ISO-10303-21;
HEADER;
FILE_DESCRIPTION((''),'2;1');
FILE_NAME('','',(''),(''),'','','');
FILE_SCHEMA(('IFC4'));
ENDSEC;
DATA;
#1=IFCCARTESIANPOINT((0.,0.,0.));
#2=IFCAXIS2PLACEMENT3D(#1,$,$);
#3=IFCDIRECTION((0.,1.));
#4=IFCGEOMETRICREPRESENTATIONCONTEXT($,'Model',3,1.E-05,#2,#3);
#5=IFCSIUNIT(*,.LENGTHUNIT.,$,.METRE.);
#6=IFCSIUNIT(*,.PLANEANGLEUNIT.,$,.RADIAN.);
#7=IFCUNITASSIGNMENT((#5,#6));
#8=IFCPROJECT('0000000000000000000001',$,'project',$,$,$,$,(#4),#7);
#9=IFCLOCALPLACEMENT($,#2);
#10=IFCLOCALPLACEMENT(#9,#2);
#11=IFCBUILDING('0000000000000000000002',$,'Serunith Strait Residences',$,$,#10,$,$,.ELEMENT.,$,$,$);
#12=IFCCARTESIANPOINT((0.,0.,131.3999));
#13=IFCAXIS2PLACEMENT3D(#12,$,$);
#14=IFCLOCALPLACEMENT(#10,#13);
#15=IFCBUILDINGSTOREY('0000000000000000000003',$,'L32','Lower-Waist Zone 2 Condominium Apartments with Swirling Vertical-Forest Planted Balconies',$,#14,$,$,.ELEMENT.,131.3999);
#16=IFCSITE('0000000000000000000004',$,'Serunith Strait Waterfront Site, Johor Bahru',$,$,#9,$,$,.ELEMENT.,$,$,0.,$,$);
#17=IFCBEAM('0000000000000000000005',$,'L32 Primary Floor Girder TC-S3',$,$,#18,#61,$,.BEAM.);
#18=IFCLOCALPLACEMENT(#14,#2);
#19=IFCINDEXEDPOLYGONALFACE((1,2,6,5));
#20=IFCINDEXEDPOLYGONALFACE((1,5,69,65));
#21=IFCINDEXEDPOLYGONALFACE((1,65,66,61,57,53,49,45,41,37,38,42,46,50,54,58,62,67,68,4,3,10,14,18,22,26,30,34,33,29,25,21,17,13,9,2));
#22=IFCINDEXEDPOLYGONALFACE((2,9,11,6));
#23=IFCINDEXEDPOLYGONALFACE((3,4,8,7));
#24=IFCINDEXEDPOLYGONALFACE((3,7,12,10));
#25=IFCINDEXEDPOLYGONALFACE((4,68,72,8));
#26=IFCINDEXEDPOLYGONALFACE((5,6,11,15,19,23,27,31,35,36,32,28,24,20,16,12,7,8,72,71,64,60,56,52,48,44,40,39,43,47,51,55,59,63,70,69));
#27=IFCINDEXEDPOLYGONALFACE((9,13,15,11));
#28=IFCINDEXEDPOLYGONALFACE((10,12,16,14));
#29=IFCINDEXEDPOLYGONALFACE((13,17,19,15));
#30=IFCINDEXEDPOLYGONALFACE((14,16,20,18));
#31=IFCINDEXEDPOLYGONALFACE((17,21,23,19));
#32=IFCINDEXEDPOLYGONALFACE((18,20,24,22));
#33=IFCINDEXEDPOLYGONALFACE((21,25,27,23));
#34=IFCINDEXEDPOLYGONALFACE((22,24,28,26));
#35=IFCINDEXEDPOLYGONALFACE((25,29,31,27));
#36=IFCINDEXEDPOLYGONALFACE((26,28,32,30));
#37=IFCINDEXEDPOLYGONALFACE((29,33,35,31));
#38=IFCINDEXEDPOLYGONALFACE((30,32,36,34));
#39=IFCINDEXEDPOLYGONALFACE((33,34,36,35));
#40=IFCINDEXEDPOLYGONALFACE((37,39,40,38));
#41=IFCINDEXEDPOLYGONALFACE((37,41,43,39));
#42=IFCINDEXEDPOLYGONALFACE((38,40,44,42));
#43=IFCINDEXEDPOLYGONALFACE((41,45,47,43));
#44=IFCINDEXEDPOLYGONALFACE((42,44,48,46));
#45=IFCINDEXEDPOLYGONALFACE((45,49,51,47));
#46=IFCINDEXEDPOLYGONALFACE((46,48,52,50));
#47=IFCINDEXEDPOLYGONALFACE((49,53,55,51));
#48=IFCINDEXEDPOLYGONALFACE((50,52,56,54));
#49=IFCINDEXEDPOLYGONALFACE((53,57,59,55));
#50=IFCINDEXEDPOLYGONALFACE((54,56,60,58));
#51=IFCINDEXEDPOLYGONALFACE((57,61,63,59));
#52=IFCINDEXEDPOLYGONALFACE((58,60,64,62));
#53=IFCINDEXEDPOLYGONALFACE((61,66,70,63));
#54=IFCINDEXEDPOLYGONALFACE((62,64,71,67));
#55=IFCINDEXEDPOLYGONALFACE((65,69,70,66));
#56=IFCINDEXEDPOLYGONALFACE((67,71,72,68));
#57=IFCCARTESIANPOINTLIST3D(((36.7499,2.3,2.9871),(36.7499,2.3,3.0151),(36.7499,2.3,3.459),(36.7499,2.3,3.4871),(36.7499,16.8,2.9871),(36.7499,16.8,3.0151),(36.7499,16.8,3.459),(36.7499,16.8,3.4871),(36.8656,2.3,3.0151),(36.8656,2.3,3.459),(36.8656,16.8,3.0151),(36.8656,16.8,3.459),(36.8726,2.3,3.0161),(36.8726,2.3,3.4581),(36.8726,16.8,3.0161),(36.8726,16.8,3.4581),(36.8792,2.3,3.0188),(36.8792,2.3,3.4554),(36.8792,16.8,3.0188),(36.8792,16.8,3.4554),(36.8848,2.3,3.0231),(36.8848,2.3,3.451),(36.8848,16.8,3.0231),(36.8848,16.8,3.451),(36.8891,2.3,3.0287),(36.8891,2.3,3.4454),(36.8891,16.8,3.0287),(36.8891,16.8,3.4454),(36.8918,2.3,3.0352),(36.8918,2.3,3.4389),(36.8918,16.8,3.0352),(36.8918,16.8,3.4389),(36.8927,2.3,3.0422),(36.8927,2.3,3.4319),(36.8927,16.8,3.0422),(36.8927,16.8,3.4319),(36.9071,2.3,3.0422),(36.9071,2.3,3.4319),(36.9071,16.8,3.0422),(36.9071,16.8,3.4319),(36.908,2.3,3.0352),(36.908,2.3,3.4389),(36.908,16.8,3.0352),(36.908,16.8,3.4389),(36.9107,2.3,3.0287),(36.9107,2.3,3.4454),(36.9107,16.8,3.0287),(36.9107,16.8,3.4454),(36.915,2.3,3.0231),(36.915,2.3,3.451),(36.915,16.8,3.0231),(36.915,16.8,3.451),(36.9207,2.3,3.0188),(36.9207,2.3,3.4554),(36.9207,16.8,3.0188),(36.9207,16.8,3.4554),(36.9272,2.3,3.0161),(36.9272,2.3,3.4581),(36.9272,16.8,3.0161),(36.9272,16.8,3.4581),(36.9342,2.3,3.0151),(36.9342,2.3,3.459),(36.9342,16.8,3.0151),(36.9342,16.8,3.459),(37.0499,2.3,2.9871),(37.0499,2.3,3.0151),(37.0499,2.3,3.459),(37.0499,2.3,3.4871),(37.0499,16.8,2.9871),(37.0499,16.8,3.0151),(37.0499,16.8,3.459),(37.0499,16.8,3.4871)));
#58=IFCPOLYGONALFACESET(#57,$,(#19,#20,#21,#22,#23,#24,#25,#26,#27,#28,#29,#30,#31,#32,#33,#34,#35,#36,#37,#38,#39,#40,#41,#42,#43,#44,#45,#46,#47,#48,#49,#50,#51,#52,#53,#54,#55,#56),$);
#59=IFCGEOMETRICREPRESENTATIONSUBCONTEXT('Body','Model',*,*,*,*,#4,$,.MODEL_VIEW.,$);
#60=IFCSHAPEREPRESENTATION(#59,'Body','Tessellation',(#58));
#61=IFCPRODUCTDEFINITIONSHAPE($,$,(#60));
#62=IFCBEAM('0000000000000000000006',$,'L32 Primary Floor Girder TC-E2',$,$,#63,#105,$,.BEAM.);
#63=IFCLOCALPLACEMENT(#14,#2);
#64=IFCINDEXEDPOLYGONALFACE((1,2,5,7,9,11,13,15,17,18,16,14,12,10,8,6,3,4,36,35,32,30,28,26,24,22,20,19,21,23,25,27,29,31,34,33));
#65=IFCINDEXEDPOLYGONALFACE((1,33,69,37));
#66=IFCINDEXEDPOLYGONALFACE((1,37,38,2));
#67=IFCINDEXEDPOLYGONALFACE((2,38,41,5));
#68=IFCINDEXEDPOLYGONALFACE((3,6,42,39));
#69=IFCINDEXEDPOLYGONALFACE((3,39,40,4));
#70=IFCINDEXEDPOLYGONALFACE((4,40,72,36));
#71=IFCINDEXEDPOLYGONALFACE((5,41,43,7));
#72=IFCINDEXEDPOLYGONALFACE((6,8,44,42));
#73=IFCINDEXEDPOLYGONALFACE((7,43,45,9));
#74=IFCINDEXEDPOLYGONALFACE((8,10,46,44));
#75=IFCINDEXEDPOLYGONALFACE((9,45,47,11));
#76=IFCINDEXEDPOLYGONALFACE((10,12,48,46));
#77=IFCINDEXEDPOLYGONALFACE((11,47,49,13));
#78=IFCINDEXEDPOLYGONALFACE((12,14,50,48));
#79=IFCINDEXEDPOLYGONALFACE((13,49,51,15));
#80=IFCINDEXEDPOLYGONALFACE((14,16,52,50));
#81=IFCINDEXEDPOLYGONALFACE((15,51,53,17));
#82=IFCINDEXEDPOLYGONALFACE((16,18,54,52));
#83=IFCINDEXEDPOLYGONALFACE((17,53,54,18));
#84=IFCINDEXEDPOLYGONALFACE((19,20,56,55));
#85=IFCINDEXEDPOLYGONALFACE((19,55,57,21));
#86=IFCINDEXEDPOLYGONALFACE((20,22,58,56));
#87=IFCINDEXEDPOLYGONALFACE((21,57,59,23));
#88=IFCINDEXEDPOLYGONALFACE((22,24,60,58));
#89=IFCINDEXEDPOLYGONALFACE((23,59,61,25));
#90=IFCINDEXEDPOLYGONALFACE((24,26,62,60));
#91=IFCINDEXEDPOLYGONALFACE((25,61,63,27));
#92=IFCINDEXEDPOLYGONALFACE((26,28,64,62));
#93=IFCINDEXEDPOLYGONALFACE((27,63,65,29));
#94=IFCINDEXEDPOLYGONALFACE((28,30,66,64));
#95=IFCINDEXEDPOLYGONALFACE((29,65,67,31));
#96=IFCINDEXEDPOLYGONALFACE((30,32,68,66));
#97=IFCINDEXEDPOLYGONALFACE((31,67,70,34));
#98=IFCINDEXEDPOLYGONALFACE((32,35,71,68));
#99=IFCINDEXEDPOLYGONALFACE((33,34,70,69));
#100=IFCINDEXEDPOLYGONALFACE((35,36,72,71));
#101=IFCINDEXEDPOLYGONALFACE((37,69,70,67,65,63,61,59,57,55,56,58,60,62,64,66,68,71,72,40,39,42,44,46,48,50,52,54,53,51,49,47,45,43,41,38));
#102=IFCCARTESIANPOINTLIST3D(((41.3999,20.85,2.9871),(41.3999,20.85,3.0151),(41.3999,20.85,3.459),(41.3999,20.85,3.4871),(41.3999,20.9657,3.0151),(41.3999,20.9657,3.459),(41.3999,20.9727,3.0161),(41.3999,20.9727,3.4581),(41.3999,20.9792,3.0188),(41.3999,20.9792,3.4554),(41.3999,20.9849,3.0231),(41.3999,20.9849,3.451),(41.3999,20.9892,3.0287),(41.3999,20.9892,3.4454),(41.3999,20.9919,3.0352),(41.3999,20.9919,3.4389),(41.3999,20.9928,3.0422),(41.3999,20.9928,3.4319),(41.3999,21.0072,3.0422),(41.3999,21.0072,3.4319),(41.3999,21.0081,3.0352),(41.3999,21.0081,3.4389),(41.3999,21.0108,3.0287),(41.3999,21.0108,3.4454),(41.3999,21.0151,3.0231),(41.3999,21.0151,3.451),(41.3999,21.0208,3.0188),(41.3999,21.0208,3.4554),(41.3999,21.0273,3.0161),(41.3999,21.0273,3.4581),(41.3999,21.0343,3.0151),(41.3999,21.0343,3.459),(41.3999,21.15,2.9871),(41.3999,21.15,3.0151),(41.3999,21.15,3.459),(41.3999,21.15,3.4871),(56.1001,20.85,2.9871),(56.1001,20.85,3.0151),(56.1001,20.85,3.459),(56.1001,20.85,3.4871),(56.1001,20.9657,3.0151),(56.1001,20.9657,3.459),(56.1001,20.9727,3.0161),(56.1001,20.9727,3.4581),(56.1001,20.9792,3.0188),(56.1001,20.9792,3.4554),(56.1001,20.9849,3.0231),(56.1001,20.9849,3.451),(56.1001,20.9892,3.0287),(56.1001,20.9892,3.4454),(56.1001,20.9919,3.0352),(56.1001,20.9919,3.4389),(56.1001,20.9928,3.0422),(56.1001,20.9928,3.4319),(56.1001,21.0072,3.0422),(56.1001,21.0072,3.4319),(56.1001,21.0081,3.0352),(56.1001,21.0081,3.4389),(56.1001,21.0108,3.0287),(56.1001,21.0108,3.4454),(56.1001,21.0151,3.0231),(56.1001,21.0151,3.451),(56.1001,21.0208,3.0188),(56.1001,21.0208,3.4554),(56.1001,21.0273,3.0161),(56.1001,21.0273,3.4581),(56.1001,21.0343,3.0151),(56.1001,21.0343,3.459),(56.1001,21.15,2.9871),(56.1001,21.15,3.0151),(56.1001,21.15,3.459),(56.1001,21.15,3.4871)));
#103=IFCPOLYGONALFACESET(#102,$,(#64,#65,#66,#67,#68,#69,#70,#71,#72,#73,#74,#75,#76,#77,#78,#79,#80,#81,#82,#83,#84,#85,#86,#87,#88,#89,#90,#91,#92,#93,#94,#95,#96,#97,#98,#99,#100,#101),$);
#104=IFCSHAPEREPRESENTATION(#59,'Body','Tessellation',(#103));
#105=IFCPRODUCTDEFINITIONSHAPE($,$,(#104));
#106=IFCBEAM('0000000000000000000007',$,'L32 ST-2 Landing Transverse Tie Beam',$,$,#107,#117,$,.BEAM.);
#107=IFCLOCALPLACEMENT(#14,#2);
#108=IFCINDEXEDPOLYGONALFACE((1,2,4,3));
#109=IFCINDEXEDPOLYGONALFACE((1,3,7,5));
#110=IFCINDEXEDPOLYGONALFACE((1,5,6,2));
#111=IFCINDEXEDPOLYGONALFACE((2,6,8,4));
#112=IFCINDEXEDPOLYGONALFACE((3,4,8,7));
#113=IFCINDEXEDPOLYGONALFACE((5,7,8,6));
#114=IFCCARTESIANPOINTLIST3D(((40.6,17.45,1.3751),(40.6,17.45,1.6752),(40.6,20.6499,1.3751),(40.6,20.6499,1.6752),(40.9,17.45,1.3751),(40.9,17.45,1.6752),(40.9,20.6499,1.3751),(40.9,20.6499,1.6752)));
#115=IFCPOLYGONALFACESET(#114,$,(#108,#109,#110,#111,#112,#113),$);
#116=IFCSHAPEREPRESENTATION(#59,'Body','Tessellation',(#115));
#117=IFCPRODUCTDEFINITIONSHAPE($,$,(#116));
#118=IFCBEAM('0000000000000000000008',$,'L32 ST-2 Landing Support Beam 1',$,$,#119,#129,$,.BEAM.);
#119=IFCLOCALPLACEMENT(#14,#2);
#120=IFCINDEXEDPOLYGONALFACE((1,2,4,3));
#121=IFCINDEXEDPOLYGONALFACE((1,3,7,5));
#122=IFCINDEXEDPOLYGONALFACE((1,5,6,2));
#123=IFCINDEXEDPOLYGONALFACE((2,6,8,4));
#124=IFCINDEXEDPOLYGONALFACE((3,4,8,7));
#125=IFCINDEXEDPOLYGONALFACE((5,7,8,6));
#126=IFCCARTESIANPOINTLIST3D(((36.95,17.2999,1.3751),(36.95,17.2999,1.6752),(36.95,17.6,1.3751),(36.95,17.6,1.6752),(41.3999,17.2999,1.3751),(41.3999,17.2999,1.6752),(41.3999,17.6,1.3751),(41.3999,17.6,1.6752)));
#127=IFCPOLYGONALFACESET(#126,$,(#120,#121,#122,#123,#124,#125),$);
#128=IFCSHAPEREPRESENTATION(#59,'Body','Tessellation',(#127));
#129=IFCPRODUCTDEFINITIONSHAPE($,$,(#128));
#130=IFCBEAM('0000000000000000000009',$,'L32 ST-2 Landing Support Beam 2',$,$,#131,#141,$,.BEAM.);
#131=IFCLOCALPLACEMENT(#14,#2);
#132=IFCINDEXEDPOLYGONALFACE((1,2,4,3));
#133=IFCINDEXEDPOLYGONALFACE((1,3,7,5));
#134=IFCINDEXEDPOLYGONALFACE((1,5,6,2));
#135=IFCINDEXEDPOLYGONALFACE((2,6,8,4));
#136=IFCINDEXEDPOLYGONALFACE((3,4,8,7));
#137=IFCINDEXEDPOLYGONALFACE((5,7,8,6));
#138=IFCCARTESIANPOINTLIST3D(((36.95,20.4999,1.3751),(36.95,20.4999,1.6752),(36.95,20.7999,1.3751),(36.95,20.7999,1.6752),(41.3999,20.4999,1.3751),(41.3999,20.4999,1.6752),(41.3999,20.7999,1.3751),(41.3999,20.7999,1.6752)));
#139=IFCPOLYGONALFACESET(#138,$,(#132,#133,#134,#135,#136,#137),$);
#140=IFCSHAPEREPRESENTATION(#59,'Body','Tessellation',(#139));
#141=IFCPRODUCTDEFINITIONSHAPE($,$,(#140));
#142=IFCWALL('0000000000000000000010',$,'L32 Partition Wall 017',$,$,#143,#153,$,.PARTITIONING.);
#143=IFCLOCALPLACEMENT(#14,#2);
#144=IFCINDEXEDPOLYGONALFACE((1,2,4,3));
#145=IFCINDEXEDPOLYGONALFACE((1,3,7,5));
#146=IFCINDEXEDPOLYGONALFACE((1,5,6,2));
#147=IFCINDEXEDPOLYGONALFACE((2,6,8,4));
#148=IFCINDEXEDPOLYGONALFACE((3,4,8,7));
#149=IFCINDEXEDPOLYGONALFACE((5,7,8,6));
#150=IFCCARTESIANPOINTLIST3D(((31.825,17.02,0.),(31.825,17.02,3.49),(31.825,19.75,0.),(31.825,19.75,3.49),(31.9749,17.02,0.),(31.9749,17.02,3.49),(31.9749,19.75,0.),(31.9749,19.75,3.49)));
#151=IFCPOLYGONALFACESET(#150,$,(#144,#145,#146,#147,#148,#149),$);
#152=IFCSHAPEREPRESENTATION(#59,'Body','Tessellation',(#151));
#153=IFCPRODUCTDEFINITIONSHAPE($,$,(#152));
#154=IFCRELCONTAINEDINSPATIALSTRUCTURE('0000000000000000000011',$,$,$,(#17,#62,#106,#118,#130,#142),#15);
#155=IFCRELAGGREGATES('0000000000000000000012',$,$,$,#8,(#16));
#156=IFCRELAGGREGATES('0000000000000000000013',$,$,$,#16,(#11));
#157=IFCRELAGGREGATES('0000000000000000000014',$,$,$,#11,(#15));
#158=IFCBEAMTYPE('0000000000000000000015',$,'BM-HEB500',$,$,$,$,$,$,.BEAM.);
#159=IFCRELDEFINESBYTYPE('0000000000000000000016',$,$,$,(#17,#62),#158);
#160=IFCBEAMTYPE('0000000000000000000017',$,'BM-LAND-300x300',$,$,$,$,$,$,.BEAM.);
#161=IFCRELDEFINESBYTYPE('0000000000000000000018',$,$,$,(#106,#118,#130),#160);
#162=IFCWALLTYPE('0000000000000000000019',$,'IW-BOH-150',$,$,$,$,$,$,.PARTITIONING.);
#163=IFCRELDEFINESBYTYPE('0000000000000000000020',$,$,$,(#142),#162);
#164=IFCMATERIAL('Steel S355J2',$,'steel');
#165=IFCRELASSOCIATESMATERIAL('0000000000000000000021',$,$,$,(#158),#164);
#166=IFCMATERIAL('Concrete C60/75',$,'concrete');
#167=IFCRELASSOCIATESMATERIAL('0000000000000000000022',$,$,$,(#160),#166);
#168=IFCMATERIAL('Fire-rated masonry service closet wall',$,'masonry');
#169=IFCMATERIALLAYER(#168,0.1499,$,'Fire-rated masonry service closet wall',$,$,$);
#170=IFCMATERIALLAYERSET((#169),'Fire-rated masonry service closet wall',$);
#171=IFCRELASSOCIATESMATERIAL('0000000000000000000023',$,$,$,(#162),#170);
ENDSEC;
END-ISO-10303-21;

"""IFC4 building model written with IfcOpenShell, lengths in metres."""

from ifc_helpers import new_model, si_unit, direction, frame, frame_2d, origin, origin_2d, place, context, subcontext, project, spatial, rectangle, i_section, extrude, source, transform, mapped, material, layer, layer_set, material_profile, profile_set, type_object, element, save


model = new_model("IFC4")

# Units and contexts
model_context = context("Model", 3, precision=1e-05, world=origin(), true_north=direction((0.0, 1.0)))
body_context = subcontext(model_context, "Body", "Model", "MODEL_VIEW")
ifc_project = project(units=[si_unit("LENGTHUNIT", "METRE"), si_unit("PLANEANGLEUNIT", "RADIAN")], contexts=[model_context])

# Site, building, storey
site_placement = place(None, origin())
site = spatial("IfcSite", under=ifc_project, at=site_placement, Name="Serunith Strait Waterfront Site, Johor Bahru", CompositionType="ELEMENT", RefElevation=0.0)
building_placement = place(site_placement, origin())
building = spatial("IfcBuilding", under=site, at=building_placement, Name="Serunith Strait Residences", CompositionType="ELEMENT")
storey_placement = place(building_placement, frame((0.0, 0.0, 131.3999)))
storey = spatial("IfcBuildingStorey", under=building, at=storey_placement, Name="L32", Description="Lower-Waist Zone 2 Condominium Apartments with Swirling Vertical-Forest Planted Balconies", CompositionType="ELEMENT", Elevation=131.3999)

# Beams
ifc_material_1 = material(Name="Steel S355J2", Category="steel")
ifc_material_profile_1 = material_profile(ifc_material_1, i_section(OverallWidth=0.3, OverallDepth=0.5, WebThickness=0.0144, FlangeThickness=0.0281, FilletRadius=0.0271, at=origin_2d()), Name="HEB 500")
ifc_profile_set_1 = profile_set([ifc_material_profile_1], Name="Steel S355J2")
beam_type_1 = type_object("IfcBeamType", Name="BM-HEB500", PredefinedType="BEAM", material=ifc_profile_set_1)
shared_shape_1 = source(origin(), body_context, "Body", "SweptSolid", [
    extrude(i_section(OverallWidth=0.3, OverallDepth=0.5, WebThickness=0.0144, FlangeThickness=0.0281, FilletRadius=0.0271, at=origin_2d()), origin(), (0.0, 0.0, 1.0), 14.5),
])
beam_1_placement = place(storey_placement, frame((36.8999, 16.8, 3.2371), z_axis=(0.0, -1.0, 0.0), x_axis=(1.0, 0.0, 0.0)))
element("IfcBeam", 1, at=beam_1_placement, inside=storey, type_object=beam_type_1, Name="L32 Primary Floor Girder TC-S3", PredefinedType="BEAM", context=body_context, shape_type="MappedRepresentation", body=[
    mapped(shared_shape_1, transform((0.0, 0.0, 0.0), scale=1.0)),
])
shared_shape_2 = source(origin(), body_context, "Body", "SweptSolid", [
    extrude(i_section(OverallWidth=0.3, OverallDepth=0.5, WebThickness=0.0144, FlangeThickness=0.0281, FilletRadius=0.0271, at=origin_2d()), origin(), (0.0, 0.0, 1.0), 14.7002),
])
beam_2_placement = place(storey_placement, frame((41.3999, 21.0, 3.2371), z_axis=(1.0, 0.0, 0.0), x_axis=(0.0, 1.0, 0.0)))
element("IfcBeam", 2, at=beam_2_placement, inside=storey, type_object=beam_type_1, Name="L32 Primary Floor Girder TC-E2", PredefinedType="BEAM", context=body_context, shape_type="MappedRepresentation", body=[
    mapped(shared_shape_2, transform((0.0, 0.0, 0.0), scale=1.0)),
])
ifc_material_2 = material(Name="Concrete C60/75", Category="concrete")
ifc_material_profile_2 = material_profile(ifc_material_2, rectangle(XDim=0.3, YDim=0.3, at=origin_2d()), Name="RC 300x300")
ifc_profile_set_2 = profile_set([ifc_material_profile_2], Name="Concrete C60/75")
beam_type_2 = type_object("IfcBeamType", Name="BM-LAND-300x300", PredefinedType="BEAM", material=ifc_profile_set_2)
shared_shape_3 = source(origin(), body_context, "Body", "SweptSolid", [
    extrude(rectangle(XDim=0.3, YDim=0.3, at=origin_2d()), origin(), (0.0, 0.0, 1.0), 3.2),
])
beam_3_placement = place(storey_placement, frame((40.75, 17.45, 1.5251), z_axis=(0.0, 1.0, 0.0), x_axis=(-1.0, 0.0, 0.0)))
element("IfcBeam", 3, at=beam_3_placement, inside=storey, type_object=beam_type_2, Name="L32 ST-2 Landing Transverse Tie Beam", PredefinedType="BEAM", context=body_context, shape_type="MappedRepresentation", body=[
    mapped(shared_shape_3, transform((0.0, 0.0, 0.0), scale=1.0)),
])
shared_shape_4 = source(origin(), body_context, "Body", "SweptSolid", [
    extrude(rectangle(XDim=0.3, YDim=0.3, at=origin_2d()), origin(), (0.0, 0.0, 1.0), 4.45),
])
for number, where, z_axis, x_axis, name in (
    (4, (36.95, 17.45, 1.5251), (1.0, 0.0, 0.0), (0.0, 1.0, 0.0), "L32 ST-2 Landing Support Beam 1"),
    (5, (36.95, 20.6499, 1.5251), (1.0, 0.0, 0.0), (0.0, 1.0, 0.0), "L32 ST-2 Landing Support Beam 2"),
):
    element("IfcBeam", number, at=place(storey_placement, frame(where, z_axis=z_axis, x_axis=x_axis)), inside=storey, type_object=beam_type_2, Name=name, PredefinedType="BEAM", context=body_context, shape_type="MappedRepresentation", body=[
        mapped(shared_shape_4, transform((0.0, 0.0, 0.0), scale=1.0)),
    ])

# Wall
ifc_material_3 = material(Name="Fire-rated masonry service closet wall", Category="masonry")
ifc_layer_1 = layer(ifc_material_3, 0.1499, Name="Fire-rated masonry service closet wall")
ifc_layer_set_1 = layer_set([ifc_layer_1], Name="Fire-rated masonry service closet wall")
wall_type_1 = type_object("IfcWallType", Name="IW-BOH-150", PredefinedType="PARTITIONING", material=ifc_layer_set_1)
wall_1_placement = place(storey_placement, frame((31.8999, 17.02, 0.0), z_axis=(0.0, 0.0, 1.0), x_axis=(0.0, 1.0, 0.0)))
element("IfcWall", 6, at=wall_1_placement, inside=storey, type_object=wall_type_1, Name="L32 Partition Wall 017", PredefinedType="PARTITIONING", context=body_context, shape_type="SweptSolid", body=[
    extrude(rectangle(XDim=2.73, YDim=0.1499, at=frame_2d((1.365, 0.0))), origin(), (0.0, 0.0, 1.0), 3.49),
])

save(model, "model.ifc")
